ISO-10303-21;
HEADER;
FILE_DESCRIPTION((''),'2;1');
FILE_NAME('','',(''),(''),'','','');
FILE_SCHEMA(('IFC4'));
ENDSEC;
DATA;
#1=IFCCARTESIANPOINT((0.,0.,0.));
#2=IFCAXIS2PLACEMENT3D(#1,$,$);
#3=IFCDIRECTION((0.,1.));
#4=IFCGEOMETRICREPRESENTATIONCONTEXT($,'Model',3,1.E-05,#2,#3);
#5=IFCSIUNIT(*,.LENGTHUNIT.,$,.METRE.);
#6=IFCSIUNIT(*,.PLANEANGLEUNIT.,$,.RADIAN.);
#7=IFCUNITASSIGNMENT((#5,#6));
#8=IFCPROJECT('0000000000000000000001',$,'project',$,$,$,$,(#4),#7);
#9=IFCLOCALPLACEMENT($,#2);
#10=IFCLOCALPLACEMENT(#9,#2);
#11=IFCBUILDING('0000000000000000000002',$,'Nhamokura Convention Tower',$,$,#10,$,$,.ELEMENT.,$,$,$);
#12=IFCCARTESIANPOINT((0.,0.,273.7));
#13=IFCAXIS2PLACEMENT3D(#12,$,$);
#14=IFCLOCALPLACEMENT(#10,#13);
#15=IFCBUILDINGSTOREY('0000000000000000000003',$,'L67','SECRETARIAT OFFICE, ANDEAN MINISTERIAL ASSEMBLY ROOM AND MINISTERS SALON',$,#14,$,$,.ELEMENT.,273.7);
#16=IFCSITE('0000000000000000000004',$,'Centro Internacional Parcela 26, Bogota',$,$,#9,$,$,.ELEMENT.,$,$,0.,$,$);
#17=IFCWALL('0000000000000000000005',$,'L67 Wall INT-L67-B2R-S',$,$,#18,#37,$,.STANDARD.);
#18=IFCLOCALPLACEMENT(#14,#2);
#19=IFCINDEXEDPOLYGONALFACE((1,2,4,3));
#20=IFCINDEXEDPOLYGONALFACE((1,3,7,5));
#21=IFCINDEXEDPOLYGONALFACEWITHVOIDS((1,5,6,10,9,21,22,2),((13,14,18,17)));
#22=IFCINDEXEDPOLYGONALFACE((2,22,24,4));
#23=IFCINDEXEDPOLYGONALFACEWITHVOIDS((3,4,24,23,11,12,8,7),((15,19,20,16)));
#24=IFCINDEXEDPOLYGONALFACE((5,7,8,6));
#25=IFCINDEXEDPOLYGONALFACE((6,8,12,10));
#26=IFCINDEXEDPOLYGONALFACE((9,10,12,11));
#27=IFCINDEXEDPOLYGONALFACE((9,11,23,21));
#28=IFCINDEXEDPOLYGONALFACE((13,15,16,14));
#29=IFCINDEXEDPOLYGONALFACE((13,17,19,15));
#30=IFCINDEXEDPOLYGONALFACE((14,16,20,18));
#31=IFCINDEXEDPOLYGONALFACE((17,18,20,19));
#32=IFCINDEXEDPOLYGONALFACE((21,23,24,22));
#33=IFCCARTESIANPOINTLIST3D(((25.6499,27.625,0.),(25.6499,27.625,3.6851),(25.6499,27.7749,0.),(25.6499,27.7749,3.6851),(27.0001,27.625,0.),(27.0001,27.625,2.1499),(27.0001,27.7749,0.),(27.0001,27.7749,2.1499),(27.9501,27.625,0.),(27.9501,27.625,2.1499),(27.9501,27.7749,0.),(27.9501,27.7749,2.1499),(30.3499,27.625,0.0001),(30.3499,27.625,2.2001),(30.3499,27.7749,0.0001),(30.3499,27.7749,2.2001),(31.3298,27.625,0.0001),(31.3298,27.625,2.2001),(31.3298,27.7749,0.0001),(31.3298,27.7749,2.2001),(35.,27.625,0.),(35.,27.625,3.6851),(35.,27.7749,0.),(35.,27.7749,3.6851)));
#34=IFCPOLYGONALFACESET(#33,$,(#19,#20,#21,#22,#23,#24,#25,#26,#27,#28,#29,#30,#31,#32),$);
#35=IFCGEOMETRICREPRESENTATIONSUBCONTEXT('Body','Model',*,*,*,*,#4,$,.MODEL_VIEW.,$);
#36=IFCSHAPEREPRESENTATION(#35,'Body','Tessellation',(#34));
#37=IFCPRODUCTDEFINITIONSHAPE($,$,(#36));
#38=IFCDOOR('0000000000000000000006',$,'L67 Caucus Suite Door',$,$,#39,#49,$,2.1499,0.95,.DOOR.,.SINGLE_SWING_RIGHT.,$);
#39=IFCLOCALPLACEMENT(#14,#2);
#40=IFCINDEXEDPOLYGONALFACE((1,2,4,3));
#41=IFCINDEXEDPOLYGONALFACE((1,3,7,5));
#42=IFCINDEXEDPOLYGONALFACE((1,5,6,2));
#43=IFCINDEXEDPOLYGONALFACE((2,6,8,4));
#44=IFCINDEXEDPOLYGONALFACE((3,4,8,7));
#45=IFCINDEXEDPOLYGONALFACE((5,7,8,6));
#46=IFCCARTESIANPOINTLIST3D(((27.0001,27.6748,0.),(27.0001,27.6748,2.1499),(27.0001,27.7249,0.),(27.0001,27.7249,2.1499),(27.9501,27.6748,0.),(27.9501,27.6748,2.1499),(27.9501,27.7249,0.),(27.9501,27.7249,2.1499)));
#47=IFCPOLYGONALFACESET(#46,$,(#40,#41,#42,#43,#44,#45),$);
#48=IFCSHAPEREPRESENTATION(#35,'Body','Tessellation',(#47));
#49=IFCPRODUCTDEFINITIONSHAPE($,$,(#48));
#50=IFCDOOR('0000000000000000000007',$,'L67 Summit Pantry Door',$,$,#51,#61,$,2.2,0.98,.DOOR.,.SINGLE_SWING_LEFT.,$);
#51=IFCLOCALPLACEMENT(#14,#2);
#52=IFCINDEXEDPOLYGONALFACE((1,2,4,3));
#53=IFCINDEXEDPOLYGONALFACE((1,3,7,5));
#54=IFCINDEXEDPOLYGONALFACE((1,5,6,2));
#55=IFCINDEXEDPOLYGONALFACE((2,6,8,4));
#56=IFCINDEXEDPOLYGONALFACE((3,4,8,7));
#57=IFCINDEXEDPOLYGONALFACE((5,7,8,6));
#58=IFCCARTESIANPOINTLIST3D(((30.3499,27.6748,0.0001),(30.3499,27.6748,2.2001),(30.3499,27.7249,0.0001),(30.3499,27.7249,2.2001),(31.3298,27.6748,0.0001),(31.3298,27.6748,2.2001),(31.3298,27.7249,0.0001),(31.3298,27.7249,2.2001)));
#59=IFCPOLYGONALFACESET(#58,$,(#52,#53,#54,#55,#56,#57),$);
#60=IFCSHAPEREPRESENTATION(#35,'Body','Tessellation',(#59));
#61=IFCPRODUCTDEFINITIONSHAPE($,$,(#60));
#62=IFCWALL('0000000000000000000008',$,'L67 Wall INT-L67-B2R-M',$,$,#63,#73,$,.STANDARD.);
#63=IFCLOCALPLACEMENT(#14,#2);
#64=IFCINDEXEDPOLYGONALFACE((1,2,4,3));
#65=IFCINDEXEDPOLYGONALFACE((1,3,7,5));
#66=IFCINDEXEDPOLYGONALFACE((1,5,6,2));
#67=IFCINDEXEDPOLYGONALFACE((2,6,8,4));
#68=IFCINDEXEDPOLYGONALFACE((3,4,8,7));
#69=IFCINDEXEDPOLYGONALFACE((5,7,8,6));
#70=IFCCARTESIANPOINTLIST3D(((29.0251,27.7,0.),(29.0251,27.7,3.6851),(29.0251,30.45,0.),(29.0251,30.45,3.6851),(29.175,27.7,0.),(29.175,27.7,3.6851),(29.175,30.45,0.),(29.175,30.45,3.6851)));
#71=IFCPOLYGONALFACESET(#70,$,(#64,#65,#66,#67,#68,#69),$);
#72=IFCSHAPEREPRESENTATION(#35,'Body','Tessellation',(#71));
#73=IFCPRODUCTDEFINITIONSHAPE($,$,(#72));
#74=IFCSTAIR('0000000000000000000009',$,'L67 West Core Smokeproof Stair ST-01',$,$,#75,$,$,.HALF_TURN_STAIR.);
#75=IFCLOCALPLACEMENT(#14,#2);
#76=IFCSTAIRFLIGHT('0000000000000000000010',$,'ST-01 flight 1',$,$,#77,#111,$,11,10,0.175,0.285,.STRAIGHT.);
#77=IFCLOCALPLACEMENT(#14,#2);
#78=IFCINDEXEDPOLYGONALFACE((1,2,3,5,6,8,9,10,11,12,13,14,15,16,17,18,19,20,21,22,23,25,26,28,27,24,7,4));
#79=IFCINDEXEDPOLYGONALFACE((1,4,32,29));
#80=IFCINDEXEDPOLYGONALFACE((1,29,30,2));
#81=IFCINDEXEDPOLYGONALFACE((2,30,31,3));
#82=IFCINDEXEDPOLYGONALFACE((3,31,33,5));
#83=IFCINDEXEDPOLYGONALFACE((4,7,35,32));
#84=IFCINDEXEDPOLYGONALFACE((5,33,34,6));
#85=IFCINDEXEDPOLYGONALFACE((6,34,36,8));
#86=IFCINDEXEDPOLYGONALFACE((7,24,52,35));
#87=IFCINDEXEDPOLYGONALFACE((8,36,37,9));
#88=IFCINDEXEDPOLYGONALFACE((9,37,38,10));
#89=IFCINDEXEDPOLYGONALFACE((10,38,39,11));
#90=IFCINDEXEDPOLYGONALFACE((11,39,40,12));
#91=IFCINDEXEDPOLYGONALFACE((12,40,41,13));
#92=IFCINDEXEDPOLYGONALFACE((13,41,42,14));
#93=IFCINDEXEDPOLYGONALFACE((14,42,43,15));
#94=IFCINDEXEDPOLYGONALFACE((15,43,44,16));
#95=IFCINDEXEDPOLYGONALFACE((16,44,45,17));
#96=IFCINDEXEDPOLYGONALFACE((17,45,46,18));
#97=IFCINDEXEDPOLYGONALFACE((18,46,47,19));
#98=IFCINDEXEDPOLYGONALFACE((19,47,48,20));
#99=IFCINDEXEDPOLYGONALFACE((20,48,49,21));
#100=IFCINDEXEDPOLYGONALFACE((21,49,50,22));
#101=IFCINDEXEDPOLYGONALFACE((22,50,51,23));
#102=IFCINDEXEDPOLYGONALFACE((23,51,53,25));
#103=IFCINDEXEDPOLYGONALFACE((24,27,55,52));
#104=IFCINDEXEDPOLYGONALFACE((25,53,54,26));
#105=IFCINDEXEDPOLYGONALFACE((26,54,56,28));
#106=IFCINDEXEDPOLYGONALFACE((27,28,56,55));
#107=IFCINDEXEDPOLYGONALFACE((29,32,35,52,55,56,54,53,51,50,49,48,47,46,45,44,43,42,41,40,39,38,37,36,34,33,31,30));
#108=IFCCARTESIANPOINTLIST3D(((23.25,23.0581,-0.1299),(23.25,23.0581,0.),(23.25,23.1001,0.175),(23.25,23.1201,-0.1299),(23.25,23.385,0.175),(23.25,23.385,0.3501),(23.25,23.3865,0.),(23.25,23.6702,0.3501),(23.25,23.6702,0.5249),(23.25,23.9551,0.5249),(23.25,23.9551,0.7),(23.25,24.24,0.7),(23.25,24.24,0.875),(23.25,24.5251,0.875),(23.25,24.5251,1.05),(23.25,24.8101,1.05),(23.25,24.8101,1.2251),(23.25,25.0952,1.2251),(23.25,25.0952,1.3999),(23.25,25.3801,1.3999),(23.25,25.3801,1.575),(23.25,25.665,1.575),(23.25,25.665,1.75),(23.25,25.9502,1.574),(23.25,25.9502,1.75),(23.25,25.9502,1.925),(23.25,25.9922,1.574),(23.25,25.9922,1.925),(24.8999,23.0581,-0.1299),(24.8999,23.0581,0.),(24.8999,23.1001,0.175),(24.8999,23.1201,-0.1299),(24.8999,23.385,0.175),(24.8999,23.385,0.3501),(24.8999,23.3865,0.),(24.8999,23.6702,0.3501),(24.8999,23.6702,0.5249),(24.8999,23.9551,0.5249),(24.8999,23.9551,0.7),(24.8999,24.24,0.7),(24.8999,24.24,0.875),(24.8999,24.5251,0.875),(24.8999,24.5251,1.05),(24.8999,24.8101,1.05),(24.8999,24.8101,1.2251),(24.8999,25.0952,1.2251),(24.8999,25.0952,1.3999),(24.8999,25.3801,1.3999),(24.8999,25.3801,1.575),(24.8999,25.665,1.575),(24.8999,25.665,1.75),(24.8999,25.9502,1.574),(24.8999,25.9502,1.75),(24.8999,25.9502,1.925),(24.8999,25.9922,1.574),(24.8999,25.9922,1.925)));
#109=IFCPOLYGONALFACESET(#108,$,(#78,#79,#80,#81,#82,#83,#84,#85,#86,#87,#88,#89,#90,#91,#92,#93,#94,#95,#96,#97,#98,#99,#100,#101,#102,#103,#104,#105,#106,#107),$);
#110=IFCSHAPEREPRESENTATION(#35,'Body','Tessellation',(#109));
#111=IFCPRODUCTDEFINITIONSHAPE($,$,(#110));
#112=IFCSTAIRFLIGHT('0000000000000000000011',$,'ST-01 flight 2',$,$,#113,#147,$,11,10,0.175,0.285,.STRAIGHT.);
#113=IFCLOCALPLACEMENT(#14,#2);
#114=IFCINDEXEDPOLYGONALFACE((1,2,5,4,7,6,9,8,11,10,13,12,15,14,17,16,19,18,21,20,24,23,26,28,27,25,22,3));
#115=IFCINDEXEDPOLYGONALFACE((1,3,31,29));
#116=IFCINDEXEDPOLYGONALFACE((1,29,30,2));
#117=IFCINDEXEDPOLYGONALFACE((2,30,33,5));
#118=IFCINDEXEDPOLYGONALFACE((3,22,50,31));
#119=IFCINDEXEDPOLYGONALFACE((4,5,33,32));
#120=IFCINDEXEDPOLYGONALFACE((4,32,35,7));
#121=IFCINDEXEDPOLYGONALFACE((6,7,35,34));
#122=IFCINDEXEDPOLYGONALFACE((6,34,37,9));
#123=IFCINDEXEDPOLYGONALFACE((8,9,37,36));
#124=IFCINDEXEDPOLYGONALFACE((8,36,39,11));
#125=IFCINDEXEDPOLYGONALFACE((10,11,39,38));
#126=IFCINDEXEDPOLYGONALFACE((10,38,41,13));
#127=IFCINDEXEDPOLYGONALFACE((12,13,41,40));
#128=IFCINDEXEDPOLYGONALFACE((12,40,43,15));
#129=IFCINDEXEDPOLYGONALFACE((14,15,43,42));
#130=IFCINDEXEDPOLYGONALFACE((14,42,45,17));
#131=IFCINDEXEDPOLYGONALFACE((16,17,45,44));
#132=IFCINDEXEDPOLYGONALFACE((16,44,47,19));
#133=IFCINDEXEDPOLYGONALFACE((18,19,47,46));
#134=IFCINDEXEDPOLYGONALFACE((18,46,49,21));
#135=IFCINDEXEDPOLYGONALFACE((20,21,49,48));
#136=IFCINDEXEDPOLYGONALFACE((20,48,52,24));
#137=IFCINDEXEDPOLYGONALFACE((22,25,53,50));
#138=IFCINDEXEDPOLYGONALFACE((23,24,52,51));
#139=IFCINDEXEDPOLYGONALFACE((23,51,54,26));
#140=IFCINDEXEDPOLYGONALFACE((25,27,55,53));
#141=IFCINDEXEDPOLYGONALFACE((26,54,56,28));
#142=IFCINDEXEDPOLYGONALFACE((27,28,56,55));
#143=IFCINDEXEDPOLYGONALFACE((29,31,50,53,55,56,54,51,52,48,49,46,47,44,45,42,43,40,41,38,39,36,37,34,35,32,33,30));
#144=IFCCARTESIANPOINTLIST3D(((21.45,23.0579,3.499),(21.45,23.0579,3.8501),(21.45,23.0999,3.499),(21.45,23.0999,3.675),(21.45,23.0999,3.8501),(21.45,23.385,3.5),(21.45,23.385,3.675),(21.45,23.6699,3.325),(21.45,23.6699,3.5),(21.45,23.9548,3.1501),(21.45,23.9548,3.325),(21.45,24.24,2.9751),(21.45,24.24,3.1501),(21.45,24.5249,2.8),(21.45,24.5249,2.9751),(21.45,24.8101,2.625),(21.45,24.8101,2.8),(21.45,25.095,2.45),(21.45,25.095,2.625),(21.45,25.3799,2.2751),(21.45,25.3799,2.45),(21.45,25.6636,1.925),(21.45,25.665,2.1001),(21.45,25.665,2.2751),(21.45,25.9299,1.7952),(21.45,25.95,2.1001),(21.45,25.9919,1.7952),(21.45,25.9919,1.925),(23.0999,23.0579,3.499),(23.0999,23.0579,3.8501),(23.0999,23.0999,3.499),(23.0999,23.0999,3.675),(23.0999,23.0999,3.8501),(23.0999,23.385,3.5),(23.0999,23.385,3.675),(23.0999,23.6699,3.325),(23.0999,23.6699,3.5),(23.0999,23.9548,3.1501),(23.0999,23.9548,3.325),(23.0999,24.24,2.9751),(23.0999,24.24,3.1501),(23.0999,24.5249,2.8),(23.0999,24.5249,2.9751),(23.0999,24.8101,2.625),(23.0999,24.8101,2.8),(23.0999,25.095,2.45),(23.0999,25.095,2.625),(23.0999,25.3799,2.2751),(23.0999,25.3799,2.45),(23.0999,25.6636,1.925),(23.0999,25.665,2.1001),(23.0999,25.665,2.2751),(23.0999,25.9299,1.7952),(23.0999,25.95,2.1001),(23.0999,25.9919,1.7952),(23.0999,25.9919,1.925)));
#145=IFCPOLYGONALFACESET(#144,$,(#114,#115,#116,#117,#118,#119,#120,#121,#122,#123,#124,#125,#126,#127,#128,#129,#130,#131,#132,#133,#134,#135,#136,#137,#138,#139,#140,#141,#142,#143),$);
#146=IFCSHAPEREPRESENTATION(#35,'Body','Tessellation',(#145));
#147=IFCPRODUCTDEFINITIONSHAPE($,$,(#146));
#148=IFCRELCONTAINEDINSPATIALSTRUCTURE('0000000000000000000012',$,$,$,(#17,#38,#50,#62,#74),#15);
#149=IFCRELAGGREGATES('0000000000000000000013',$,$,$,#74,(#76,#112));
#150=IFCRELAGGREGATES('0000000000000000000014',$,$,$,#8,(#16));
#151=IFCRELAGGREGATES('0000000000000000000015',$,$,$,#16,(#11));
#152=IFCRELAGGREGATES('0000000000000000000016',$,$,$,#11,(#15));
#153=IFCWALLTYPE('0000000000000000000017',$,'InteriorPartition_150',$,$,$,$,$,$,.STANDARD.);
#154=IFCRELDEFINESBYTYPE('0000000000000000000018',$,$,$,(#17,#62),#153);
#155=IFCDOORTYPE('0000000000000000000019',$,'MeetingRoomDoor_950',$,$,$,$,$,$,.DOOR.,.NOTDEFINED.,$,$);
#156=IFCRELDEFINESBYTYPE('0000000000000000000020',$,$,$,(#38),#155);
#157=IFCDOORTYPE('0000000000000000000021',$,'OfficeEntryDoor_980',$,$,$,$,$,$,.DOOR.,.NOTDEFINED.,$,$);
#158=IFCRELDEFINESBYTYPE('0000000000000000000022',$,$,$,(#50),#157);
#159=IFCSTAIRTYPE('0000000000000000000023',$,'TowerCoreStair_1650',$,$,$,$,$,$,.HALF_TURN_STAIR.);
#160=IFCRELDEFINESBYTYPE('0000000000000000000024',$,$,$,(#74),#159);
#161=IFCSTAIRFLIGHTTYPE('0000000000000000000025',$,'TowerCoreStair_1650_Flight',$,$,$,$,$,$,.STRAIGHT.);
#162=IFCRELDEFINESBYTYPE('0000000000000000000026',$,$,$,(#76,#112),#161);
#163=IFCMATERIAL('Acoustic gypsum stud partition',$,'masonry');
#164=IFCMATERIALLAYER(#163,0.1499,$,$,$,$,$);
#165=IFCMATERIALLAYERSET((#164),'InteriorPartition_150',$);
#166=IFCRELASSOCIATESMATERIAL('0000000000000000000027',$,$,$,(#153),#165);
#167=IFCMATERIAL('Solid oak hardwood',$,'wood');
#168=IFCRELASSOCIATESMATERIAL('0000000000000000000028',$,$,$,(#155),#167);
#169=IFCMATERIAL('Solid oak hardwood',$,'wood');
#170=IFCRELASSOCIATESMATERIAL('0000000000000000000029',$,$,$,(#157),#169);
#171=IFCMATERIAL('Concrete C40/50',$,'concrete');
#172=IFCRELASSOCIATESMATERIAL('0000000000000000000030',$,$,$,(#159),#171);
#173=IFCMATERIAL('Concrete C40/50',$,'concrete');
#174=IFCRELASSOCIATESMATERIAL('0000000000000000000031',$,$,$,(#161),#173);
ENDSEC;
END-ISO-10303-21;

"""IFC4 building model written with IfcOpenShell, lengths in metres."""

from ifc_helpers import new_model, si_unit, direction, frame, frame_2d, origin, place, context, subcontext, project, spatial, polyline, rectangle, outline, extrude, material, layer, layer_set, type_object, element, fill, aggregate, save


model = new_model("IFC4")

# Units and contexts
model_context = context("Model", 3, precision=1e-05, world=origin(), true_north=direction((0.0, 1.0)))
body_context = subcontext(model_context, "Body", "Model", "MODEL_VIEW")
ifc_project = project(units=[si_unit("LENGTHUNIT", "METRE"), si_unit("PLANEANGLEUNIT", "RADIAN")], contexts=[model_context])

# Site, building, storey
site_placement = place(None, origin())
site = spatial("IfcSite", under=ifc_project, at=site_placement, Name="Centro Internacional Parcela 26, Bogota", CompositionType="ELEMENT", RefElevation=0.0)
building_placement = place(site_placement, origin())
building = spatial("IfcBuilding", under=site, at=building_placement, Name="Nhamokura Convention Tower", CompositionType="ELEMENT")
storey_placement = place(building_placement, frame((0.0, 0.0, 273.7)))
storey = spatial("IfcBuildingStorey", under=building, at=storey_placement, Name="L67", Description="SECRETARIAT OFFICE, ANDEAN MINISTERIAL ASSEMBLY ROOM AND MINISTERS SALON", CompositionType="ELEMENT", Elevation=273.7)

# Shared definitions
ifc_material_1 = material(Name="Acoustic gypsum stud partition", Category="masonry")
ifc_layer_1 = layer(ifc_material_1, 0.1499)
ifc_layer_set_1 = layer_set([ifc_layer_1], Name="InteriorPartition_150")
wall_type_1 = type_object("IfcWallType", Name="InteriorPartition_150", PredefinedType="STANDARD", material=ifc_layer_set_1)
ifc_material_2 = material(Name="Solid oak hardwood", Category="wood")
door_type_1 = type_object("IfcDoorType", Name="MeetingRoomDoor_950", OperationType="NOTDEFINED", PredefinedType="DOOR", material=ifc_material_2)
ifc_material_3 = material(Name="Solid oak hardwood", Category="wood")
door_type_2 = type_object("IfcDoorType", Name="OfficeEntryDoor_980", OperationType="NOTDEFINED", PredefinedType="DOOR", material=ifc_material_3)

# Wall, openings, doors
wall_1_placement = place(storey_placement, frame((25.6499, 27.7, 0.0), z_axis=(0.0, 0.0, 1.0), x_axis=(1.0, 0.0, 0.0)))
wall_1 = element("IfcWall", 1, at=wall_1_placement, inside=storey, type_object=wall_type_1, Name="L67 Wall INT-L67-B2R-S", PredefinedType="STANDARD", context=body_context, shape_type="SweptSolid", body=[
    extrude(rectangle(XDim=9.3501, YDim=0.1499, at=frame_2d((4.675, 0.0))), origin(), (0.0, 0.0, 1.0), 3.6851),
])
opening_1_placement = place(wall_1_placement, frame((1.3501, 0.0, 0.0)))
opening_1 = element("IfcOpeningElement", 2, at=opening_1_placement, cuts=wall_1, PredefinedType="OPENING", context=body_context, shape_type="SweptSolid", body=[
    extrude(rectangle(XDim=0.95, YDim=2.1499, at=frame_2d((0.4751, 1.075))), frame((0.0, 0.085, 0.0), z_axis=(0.0, -1.0, 0.0), x_axis=(1.0, 0.0, 0.0)), (0.0, 0.0, 1.0), 0.1699),
])
opening_2_placement = place(wall_1_placement, frame((4.7, 0.0, 0.0)))
opening_2 = element("IfcOpeningElement", 3, at=opening_2_placement, cuts=wall_1, PredefinedType="OPENING", context=body_context, shape_type="SweptSolid", body=[
    extrude(rectangle(XDim=0.98, YDim=2.2, at=frame_2d((0.49, 1.1001))), frame((0.0, 0.085, 0.0), z_axis=(0.0, -1.0, 0.0), x_axis=(1.0, 0.0, 0.0)), (0.0, 0.0, 1.0), 0.1699),
])
door_1_placement = place(opening_1_placement, origin())
door_1 = element("IfcDoor", 4, at=door_1_placement, inside=storey, type_object=door_type_1, Name="L67 Caucus Suite Door", OperationType="SINGLE_SWING_RIGHT", OverallHeight=2.1499, OverallWidth=0.95, PredefinedType="DOOR", context=body_context, shape_type="SweptSolid", body=[
    extrude(rectangle(XDim=0.95, YDim=2.1499, at=frame_2d((0.4751, 1.075))), frame((0.0, 0.0249, 0.0), z_axis=(0.0, -1.0, 0.0), x_axis=(1.0, 0.0, 0.0)), (0.0, 0.0, 1.0), 0.05),
])
fill(opening_1, door_1)
door_2_placement = place(opening_2_placement, origin())
door_2 = element("IfcDoor", 5, at=door_2_placement, inside=storey, type_object=door_type_2, Name="L67 Summit Pantry Door", OperationType="SINGLE_SWING_LEFT", OverallHeight=2.2, OverallWidth=0.98, PredefinedType="DOOR", context=body_context, shape_type="SweptSolid", body=[
    extrude(rectangle(XDim=0.98, YDim=2.2, at=frame_2d((0.49, 1.1001))), frame((0.0, 0.0249, 0.0), z_axis=(0.0, -1.0, 0.0), x_axis=(1.0, 0.0, 0.0)), (0.0, 0.0, 1.0), 0.05),
])
fill(opening_2, door_2)

# Wall
wall_2_placement = place(storey_placement, frame((29.1001, 27.7, 0.0), z_axis=(0.0, 0.0, 1.0), x_axis=(0.0, 1.0, 0.0)))
element("IfcWall", 6, at=wall_2_placement, inside=storey, type_object=wall_type_1, Name="L67 Wall INT-L67-B2R-M", PredefinedType="STANDARD", context=body_context, shape_type="SweptSolid", body=[
    extrude(rectangle(XDim=2.75, YDim=0.1499, at=frame_2d((1.375, 0.0))), origin(), (0.0, 0.0, 1.0), 3.6851),
])

# Stair, stair flights
ifc_material_4 = material(Name="Concrete C40/50", Category="concrete")
stair_type = type_object("IfcStairType", Name="TowerCoreStair_1650", PredefinedType="HALF_TURN_STAIR", material=ifc_material_4)
stair_placement = place(storey_placement, origin())
stair = element("IfcStair", 7, at=stair_placement, inside=storey, type_object=stair_type, Name="L67 West Core Smokeproof Stair ST-01", PredefinedType="HALF_TURN_STAIR")
ifc_material_5 = material(Name="Concrete C40/50", Category="concrete")
stair_flight_type = type_object("IfcStairFlightType", Name="TowerCoreStair_1650_Flight", PredefinedType="STRAIGHT", material=ifc_material_5)
stair_flight_1_placement = place(storey_placement, frame((24.075, 23.1001, 0.0), z_axis=(0.0, 0.0, 1.0), x_axis=(0.0, 1.0, 0.0)))
stair_flight_1 = element("IfcStairFlight", 8, at=stair_flight_1_placement, type_object=stair_flight_type, Name="ST-01 flight 1", NumberOfRisers=11, NumberOfTreads=10, PredefinedType="STRAIGHT", RiserHeight=0.175, TreadLength=0.285, context=body_context, shape_type="SweptSolid", body=[
    extrude(outline(polyline([(-0.042, 0.0), (0.0, 0.175), (0.2849, 0.175), (0.2849, 0.3501), (0.5701, 0.3501), (0.5701, 0.5249), (0.855, 0.5249), (0.855, 0.7), (1.1399, 0.7), (1.1399, 0.875), (1.425, 0.875), (1.425, 1.05), (1.71, 1.05), (1.71, 1.2251), (1.9951, 1.2251), (1.9951, 1.3999), (2.28, 1.3999), (2.28, 1.575), (2.5649, 1.575), (2.5649, 1.75), (2.8501, 1.75), (2.8501, 1.925), (2.8921, 1.925), (2.8921, 1.574), (2.8501, 1.574), (0.2864, 0.0), (0.02, -0.1299), (-0.042, -0.1299), (-0.042, 0.0)])), frame((0.0, 0.825, 0.0), z_axis=(0.0, -1.0, 0.0), x_axis=(1.0, 0.0, 0.0)), (0.0, 0.0, 1.0), 1.6499),
])
stair_flight_2_placement = place(storey_placement, frame((22.2749, 25.95, 1.925), z_axis=(0.0, 0.0, 1.0), x_axis=(0.0, -1.0, 0.0)))
stair_flight_2 = element("IfcStairFlight", 9, at=stair_flight_2_placement, type_object=stair_flight_type, Name="ST-01 flight 2", NumberOfRisers=11, NumberOfTreads=10, PredefinedType="STRAIGHT", RiserHeight=0.175, TreadLength=0.285, context=body_context, shape_type="SweptSolid", body=[
    extrude(outline(polyline([(-0.042, 0.0), (0.0, 0.175), (0.2849, 0.175), (0.2849, 0.3501), (0.5701, 0.3501), (0.5701, 0.5249), (0.855, 0.5249), (0.855, 0.7), (1.1399, 0.7), (1.1399, 0.875), (1.425, 0.875), (1.425, 1.05), (1.71, 1.05), (1.71, 1.2251), (1.9951, 1.2251), (1.9951, 1.3999), (2.28, 1.3999), (2.28, 1.575), (2.5649, 1.575), (2.5649, 1.75), (2.8501, 1.75), (2.8501, 1.925), (2.8921, 1.925), (2.8921, 1.574), (2.8501, 1.574), (0.2864, 0.0), (0.02, -0.1299), (-0.042, -0.1299), (-0.042, 0.0)])), frame((0.0, 0.825, 0.0), z_axis=(0.0, -1.0, 0.0), x_axis=(1.0, 0.0, 0.0)), (0.0, 0.0, 1.0), 1.6499),
])
aggregate(stair, [stair_flight_1, stair_flight_2])

save(model, "model.ifc")
